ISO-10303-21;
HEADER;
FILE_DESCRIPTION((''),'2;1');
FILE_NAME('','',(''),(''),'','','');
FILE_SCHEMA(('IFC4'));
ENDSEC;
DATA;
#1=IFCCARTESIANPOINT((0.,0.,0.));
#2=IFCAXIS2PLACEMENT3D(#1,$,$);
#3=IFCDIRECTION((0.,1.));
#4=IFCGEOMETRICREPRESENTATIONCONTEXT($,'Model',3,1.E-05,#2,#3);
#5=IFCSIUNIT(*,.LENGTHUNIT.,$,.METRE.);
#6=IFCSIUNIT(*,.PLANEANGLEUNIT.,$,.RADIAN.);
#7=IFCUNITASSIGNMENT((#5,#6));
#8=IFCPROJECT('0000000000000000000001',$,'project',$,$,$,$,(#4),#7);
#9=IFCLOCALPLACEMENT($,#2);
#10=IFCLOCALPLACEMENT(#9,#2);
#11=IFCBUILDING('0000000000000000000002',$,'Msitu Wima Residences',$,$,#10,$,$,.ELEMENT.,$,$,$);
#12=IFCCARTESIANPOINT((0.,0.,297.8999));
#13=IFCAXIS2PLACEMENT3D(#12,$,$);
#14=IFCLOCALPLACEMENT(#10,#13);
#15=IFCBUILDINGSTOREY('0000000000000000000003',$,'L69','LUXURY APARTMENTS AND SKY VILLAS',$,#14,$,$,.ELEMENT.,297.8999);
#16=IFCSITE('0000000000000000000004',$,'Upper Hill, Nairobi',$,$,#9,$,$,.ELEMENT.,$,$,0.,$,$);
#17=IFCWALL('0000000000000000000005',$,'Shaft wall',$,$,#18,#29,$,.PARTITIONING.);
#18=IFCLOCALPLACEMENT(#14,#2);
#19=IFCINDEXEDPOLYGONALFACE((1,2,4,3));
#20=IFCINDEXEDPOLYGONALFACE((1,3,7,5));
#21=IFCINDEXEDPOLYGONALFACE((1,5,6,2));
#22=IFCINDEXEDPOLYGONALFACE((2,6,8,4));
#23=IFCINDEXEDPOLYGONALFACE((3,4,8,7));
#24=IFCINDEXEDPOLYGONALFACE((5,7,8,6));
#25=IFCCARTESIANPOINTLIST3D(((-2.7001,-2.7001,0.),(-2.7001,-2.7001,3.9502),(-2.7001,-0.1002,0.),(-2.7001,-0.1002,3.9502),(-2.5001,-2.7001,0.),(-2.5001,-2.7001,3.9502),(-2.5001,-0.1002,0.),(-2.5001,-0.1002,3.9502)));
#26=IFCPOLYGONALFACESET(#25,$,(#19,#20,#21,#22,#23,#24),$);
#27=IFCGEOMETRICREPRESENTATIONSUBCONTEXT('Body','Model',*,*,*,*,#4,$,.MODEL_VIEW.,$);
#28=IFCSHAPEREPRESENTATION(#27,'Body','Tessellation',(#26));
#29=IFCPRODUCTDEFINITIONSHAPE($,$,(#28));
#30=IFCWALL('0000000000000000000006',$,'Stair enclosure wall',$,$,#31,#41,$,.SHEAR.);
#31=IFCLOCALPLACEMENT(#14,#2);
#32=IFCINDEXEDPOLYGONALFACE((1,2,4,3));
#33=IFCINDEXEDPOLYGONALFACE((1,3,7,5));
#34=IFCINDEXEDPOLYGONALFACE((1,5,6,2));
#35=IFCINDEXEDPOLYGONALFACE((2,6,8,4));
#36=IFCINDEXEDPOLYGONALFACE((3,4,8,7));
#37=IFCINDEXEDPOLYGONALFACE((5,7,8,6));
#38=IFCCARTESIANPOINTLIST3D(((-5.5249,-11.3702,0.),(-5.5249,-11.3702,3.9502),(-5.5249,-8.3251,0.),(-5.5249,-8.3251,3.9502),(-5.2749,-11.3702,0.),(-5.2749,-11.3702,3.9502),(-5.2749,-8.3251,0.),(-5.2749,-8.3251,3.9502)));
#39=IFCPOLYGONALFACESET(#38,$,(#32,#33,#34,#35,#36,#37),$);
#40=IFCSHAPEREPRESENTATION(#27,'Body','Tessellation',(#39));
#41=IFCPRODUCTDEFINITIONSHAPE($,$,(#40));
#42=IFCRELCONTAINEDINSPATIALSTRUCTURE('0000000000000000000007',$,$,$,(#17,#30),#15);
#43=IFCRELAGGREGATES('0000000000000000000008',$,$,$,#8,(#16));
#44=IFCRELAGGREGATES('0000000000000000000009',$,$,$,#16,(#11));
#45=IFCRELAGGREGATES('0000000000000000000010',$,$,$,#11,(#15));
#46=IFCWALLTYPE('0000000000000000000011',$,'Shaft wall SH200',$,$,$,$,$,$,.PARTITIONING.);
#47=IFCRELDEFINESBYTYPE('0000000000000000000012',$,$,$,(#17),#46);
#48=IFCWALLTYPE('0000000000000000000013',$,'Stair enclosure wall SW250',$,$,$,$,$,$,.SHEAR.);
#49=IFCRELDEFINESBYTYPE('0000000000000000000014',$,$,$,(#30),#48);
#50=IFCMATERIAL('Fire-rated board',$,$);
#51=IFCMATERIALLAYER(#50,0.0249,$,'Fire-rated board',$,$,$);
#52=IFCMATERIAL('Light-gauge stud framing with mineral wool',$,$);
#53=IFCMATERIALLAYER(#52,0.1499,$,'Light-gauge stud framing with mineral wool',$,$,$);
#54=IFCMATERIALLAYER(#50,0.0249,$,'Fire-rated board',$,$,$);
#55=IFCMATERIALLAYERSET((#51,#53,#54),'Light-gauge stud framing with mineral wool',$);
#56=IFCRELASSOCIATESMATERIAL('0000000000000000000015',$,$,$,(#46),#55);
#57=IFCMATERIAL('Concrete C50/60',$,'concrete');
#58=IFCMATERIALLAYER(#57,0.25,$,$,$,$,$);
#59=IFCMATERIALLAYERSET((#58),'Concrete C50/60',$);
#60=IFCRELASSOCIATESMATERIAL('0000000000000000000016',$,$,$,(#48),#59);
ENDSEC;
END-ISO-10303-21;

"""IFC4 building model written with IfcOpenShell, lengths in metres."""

from ifc_helpers import new_model, si_unit, direction, frame, frame_2d, origin, place, context, subcontext, project, spatial, rectangle, extrude, material, layer, layer_set, type_object, element, save


model = new_model("IFC4")

# Units and contexts
model_context = context("Model", 3, precision=1e-05, world=origin(), true_north=direction((0.0, 1.0)))
body_context = subcontext(model_context, "Body", "Model", "MODEL_VIEW")
ifc_project = project(units=[si_unit("LENGTHUNIT", "METRE"), si_unit("PLANEANGLEUNIT", "RADIAN")], contexts=[model_context])

# Site, building, storey
site_placement = place(None, origin())
site = spatial("IfcSite", under=ifc_project, at=site_placement, Name="Upper Hill, Nairobi", CompositionType="ELEMENT", RefElevation=0.0)
building_placement = place(site_placement, origin())
building = spatial("IfcBuilding", under=site, at=building_placement, Name="Msitu Wima Residences", CompositionType="ELEMENT")
storey_placement = place(building_placement, frame((0.0, 0.0, 297.8999)))
storey = spatial("IfcBuildingStorey", under=building, at=storey_placement, Name="L69", Description="LUXURY APARTMENTS AND SKY VILLAS", CompositionType="ELEMENT", Elevation=297.8999)

# Walls
ifc_material_1 = material(Name="Fire-rated board")
ifc_layer_1 = layer(ifc_material_1, 0.0249, Name="Fire-rated board")
ifc_material_2 = material(Name="Light-gauge stud framing with mineral wool")
ifc_layer_2 = layer(ifc_material_2, 0.1499, Name="Light-gauge stud framing with mineral wool")
ifc_layer_3 = layer(ifc_material_1, 0.0249, Name="Fire-rated board")
ifc_layer_set_1 = layer_set([ifc_layer_1, ifc_layer_2, ifc_layer_3], Name="Light-gauge stud framing with mineral wool")
wall_type_1 = type_object("IfcWallType", Name="Shaft wall SH200", PredefinedType="PARTITIONING", material=ifc_layer_set_1)
for number, where, z_axis, x_axis, name in (
    (1, (-2.6001, -2.7, 0.0), (0.0, 0.0, 1.0), (0.0, 1.0, 0.0), "Shaft wall"),
):
    element("IfcWall", number, at=place(storey_placement, frame(where, z_axis=z_axis, x_axis=x_axis)), inside=storey, type_object=wall_type_1, Name=name, PredefinedType="PARTITIONING", context=body_context, shape_type="SweptSolid", body=[
        extrude(rectangle(XDim=2.5999, YDim=0.2, at=frame_2d((1.2998, 0.0))), origin(), (0.0, 0.0, 1.0), 3.9502),
    ])
ifc_material_3 = material(Name="Concrete C50/60", Category="concrete")
ifc_layer_4 = layer(ifc_material_3, 0.25)
ifc_layer_set_2 = layer_set([ifc_layer_4], Name="Concrete C50/60")
wall_type_2 = type_object("IfcWallType", Name="Stair enclosure wall SW250", PredefinedType="SHEAR", material=ifc_layer_set_2)
wall_1_placement = place(storey_placement, frame((-5.3999, -11.3701, 0.0), z_axis=(0.0, 0.0, 1.0), x_axis=(0.0, 1.0, 0.0)))
element("IfcWall", 2, at=wall_1_placement, inside=storey, type_object=wall_type_2, Name="Stair enclosure wall", PredefinedType="SHEAR", context=body_context, shape_type="SweptSolid", body=[
    extrude(rectangle(XDim=3.0452, YDim=0.25, at=frame_2d((1.5225, 0.0))), origin(), (0.0, 0.0, 1.0), 3.9502),
])

save(model, "model.ifc")
